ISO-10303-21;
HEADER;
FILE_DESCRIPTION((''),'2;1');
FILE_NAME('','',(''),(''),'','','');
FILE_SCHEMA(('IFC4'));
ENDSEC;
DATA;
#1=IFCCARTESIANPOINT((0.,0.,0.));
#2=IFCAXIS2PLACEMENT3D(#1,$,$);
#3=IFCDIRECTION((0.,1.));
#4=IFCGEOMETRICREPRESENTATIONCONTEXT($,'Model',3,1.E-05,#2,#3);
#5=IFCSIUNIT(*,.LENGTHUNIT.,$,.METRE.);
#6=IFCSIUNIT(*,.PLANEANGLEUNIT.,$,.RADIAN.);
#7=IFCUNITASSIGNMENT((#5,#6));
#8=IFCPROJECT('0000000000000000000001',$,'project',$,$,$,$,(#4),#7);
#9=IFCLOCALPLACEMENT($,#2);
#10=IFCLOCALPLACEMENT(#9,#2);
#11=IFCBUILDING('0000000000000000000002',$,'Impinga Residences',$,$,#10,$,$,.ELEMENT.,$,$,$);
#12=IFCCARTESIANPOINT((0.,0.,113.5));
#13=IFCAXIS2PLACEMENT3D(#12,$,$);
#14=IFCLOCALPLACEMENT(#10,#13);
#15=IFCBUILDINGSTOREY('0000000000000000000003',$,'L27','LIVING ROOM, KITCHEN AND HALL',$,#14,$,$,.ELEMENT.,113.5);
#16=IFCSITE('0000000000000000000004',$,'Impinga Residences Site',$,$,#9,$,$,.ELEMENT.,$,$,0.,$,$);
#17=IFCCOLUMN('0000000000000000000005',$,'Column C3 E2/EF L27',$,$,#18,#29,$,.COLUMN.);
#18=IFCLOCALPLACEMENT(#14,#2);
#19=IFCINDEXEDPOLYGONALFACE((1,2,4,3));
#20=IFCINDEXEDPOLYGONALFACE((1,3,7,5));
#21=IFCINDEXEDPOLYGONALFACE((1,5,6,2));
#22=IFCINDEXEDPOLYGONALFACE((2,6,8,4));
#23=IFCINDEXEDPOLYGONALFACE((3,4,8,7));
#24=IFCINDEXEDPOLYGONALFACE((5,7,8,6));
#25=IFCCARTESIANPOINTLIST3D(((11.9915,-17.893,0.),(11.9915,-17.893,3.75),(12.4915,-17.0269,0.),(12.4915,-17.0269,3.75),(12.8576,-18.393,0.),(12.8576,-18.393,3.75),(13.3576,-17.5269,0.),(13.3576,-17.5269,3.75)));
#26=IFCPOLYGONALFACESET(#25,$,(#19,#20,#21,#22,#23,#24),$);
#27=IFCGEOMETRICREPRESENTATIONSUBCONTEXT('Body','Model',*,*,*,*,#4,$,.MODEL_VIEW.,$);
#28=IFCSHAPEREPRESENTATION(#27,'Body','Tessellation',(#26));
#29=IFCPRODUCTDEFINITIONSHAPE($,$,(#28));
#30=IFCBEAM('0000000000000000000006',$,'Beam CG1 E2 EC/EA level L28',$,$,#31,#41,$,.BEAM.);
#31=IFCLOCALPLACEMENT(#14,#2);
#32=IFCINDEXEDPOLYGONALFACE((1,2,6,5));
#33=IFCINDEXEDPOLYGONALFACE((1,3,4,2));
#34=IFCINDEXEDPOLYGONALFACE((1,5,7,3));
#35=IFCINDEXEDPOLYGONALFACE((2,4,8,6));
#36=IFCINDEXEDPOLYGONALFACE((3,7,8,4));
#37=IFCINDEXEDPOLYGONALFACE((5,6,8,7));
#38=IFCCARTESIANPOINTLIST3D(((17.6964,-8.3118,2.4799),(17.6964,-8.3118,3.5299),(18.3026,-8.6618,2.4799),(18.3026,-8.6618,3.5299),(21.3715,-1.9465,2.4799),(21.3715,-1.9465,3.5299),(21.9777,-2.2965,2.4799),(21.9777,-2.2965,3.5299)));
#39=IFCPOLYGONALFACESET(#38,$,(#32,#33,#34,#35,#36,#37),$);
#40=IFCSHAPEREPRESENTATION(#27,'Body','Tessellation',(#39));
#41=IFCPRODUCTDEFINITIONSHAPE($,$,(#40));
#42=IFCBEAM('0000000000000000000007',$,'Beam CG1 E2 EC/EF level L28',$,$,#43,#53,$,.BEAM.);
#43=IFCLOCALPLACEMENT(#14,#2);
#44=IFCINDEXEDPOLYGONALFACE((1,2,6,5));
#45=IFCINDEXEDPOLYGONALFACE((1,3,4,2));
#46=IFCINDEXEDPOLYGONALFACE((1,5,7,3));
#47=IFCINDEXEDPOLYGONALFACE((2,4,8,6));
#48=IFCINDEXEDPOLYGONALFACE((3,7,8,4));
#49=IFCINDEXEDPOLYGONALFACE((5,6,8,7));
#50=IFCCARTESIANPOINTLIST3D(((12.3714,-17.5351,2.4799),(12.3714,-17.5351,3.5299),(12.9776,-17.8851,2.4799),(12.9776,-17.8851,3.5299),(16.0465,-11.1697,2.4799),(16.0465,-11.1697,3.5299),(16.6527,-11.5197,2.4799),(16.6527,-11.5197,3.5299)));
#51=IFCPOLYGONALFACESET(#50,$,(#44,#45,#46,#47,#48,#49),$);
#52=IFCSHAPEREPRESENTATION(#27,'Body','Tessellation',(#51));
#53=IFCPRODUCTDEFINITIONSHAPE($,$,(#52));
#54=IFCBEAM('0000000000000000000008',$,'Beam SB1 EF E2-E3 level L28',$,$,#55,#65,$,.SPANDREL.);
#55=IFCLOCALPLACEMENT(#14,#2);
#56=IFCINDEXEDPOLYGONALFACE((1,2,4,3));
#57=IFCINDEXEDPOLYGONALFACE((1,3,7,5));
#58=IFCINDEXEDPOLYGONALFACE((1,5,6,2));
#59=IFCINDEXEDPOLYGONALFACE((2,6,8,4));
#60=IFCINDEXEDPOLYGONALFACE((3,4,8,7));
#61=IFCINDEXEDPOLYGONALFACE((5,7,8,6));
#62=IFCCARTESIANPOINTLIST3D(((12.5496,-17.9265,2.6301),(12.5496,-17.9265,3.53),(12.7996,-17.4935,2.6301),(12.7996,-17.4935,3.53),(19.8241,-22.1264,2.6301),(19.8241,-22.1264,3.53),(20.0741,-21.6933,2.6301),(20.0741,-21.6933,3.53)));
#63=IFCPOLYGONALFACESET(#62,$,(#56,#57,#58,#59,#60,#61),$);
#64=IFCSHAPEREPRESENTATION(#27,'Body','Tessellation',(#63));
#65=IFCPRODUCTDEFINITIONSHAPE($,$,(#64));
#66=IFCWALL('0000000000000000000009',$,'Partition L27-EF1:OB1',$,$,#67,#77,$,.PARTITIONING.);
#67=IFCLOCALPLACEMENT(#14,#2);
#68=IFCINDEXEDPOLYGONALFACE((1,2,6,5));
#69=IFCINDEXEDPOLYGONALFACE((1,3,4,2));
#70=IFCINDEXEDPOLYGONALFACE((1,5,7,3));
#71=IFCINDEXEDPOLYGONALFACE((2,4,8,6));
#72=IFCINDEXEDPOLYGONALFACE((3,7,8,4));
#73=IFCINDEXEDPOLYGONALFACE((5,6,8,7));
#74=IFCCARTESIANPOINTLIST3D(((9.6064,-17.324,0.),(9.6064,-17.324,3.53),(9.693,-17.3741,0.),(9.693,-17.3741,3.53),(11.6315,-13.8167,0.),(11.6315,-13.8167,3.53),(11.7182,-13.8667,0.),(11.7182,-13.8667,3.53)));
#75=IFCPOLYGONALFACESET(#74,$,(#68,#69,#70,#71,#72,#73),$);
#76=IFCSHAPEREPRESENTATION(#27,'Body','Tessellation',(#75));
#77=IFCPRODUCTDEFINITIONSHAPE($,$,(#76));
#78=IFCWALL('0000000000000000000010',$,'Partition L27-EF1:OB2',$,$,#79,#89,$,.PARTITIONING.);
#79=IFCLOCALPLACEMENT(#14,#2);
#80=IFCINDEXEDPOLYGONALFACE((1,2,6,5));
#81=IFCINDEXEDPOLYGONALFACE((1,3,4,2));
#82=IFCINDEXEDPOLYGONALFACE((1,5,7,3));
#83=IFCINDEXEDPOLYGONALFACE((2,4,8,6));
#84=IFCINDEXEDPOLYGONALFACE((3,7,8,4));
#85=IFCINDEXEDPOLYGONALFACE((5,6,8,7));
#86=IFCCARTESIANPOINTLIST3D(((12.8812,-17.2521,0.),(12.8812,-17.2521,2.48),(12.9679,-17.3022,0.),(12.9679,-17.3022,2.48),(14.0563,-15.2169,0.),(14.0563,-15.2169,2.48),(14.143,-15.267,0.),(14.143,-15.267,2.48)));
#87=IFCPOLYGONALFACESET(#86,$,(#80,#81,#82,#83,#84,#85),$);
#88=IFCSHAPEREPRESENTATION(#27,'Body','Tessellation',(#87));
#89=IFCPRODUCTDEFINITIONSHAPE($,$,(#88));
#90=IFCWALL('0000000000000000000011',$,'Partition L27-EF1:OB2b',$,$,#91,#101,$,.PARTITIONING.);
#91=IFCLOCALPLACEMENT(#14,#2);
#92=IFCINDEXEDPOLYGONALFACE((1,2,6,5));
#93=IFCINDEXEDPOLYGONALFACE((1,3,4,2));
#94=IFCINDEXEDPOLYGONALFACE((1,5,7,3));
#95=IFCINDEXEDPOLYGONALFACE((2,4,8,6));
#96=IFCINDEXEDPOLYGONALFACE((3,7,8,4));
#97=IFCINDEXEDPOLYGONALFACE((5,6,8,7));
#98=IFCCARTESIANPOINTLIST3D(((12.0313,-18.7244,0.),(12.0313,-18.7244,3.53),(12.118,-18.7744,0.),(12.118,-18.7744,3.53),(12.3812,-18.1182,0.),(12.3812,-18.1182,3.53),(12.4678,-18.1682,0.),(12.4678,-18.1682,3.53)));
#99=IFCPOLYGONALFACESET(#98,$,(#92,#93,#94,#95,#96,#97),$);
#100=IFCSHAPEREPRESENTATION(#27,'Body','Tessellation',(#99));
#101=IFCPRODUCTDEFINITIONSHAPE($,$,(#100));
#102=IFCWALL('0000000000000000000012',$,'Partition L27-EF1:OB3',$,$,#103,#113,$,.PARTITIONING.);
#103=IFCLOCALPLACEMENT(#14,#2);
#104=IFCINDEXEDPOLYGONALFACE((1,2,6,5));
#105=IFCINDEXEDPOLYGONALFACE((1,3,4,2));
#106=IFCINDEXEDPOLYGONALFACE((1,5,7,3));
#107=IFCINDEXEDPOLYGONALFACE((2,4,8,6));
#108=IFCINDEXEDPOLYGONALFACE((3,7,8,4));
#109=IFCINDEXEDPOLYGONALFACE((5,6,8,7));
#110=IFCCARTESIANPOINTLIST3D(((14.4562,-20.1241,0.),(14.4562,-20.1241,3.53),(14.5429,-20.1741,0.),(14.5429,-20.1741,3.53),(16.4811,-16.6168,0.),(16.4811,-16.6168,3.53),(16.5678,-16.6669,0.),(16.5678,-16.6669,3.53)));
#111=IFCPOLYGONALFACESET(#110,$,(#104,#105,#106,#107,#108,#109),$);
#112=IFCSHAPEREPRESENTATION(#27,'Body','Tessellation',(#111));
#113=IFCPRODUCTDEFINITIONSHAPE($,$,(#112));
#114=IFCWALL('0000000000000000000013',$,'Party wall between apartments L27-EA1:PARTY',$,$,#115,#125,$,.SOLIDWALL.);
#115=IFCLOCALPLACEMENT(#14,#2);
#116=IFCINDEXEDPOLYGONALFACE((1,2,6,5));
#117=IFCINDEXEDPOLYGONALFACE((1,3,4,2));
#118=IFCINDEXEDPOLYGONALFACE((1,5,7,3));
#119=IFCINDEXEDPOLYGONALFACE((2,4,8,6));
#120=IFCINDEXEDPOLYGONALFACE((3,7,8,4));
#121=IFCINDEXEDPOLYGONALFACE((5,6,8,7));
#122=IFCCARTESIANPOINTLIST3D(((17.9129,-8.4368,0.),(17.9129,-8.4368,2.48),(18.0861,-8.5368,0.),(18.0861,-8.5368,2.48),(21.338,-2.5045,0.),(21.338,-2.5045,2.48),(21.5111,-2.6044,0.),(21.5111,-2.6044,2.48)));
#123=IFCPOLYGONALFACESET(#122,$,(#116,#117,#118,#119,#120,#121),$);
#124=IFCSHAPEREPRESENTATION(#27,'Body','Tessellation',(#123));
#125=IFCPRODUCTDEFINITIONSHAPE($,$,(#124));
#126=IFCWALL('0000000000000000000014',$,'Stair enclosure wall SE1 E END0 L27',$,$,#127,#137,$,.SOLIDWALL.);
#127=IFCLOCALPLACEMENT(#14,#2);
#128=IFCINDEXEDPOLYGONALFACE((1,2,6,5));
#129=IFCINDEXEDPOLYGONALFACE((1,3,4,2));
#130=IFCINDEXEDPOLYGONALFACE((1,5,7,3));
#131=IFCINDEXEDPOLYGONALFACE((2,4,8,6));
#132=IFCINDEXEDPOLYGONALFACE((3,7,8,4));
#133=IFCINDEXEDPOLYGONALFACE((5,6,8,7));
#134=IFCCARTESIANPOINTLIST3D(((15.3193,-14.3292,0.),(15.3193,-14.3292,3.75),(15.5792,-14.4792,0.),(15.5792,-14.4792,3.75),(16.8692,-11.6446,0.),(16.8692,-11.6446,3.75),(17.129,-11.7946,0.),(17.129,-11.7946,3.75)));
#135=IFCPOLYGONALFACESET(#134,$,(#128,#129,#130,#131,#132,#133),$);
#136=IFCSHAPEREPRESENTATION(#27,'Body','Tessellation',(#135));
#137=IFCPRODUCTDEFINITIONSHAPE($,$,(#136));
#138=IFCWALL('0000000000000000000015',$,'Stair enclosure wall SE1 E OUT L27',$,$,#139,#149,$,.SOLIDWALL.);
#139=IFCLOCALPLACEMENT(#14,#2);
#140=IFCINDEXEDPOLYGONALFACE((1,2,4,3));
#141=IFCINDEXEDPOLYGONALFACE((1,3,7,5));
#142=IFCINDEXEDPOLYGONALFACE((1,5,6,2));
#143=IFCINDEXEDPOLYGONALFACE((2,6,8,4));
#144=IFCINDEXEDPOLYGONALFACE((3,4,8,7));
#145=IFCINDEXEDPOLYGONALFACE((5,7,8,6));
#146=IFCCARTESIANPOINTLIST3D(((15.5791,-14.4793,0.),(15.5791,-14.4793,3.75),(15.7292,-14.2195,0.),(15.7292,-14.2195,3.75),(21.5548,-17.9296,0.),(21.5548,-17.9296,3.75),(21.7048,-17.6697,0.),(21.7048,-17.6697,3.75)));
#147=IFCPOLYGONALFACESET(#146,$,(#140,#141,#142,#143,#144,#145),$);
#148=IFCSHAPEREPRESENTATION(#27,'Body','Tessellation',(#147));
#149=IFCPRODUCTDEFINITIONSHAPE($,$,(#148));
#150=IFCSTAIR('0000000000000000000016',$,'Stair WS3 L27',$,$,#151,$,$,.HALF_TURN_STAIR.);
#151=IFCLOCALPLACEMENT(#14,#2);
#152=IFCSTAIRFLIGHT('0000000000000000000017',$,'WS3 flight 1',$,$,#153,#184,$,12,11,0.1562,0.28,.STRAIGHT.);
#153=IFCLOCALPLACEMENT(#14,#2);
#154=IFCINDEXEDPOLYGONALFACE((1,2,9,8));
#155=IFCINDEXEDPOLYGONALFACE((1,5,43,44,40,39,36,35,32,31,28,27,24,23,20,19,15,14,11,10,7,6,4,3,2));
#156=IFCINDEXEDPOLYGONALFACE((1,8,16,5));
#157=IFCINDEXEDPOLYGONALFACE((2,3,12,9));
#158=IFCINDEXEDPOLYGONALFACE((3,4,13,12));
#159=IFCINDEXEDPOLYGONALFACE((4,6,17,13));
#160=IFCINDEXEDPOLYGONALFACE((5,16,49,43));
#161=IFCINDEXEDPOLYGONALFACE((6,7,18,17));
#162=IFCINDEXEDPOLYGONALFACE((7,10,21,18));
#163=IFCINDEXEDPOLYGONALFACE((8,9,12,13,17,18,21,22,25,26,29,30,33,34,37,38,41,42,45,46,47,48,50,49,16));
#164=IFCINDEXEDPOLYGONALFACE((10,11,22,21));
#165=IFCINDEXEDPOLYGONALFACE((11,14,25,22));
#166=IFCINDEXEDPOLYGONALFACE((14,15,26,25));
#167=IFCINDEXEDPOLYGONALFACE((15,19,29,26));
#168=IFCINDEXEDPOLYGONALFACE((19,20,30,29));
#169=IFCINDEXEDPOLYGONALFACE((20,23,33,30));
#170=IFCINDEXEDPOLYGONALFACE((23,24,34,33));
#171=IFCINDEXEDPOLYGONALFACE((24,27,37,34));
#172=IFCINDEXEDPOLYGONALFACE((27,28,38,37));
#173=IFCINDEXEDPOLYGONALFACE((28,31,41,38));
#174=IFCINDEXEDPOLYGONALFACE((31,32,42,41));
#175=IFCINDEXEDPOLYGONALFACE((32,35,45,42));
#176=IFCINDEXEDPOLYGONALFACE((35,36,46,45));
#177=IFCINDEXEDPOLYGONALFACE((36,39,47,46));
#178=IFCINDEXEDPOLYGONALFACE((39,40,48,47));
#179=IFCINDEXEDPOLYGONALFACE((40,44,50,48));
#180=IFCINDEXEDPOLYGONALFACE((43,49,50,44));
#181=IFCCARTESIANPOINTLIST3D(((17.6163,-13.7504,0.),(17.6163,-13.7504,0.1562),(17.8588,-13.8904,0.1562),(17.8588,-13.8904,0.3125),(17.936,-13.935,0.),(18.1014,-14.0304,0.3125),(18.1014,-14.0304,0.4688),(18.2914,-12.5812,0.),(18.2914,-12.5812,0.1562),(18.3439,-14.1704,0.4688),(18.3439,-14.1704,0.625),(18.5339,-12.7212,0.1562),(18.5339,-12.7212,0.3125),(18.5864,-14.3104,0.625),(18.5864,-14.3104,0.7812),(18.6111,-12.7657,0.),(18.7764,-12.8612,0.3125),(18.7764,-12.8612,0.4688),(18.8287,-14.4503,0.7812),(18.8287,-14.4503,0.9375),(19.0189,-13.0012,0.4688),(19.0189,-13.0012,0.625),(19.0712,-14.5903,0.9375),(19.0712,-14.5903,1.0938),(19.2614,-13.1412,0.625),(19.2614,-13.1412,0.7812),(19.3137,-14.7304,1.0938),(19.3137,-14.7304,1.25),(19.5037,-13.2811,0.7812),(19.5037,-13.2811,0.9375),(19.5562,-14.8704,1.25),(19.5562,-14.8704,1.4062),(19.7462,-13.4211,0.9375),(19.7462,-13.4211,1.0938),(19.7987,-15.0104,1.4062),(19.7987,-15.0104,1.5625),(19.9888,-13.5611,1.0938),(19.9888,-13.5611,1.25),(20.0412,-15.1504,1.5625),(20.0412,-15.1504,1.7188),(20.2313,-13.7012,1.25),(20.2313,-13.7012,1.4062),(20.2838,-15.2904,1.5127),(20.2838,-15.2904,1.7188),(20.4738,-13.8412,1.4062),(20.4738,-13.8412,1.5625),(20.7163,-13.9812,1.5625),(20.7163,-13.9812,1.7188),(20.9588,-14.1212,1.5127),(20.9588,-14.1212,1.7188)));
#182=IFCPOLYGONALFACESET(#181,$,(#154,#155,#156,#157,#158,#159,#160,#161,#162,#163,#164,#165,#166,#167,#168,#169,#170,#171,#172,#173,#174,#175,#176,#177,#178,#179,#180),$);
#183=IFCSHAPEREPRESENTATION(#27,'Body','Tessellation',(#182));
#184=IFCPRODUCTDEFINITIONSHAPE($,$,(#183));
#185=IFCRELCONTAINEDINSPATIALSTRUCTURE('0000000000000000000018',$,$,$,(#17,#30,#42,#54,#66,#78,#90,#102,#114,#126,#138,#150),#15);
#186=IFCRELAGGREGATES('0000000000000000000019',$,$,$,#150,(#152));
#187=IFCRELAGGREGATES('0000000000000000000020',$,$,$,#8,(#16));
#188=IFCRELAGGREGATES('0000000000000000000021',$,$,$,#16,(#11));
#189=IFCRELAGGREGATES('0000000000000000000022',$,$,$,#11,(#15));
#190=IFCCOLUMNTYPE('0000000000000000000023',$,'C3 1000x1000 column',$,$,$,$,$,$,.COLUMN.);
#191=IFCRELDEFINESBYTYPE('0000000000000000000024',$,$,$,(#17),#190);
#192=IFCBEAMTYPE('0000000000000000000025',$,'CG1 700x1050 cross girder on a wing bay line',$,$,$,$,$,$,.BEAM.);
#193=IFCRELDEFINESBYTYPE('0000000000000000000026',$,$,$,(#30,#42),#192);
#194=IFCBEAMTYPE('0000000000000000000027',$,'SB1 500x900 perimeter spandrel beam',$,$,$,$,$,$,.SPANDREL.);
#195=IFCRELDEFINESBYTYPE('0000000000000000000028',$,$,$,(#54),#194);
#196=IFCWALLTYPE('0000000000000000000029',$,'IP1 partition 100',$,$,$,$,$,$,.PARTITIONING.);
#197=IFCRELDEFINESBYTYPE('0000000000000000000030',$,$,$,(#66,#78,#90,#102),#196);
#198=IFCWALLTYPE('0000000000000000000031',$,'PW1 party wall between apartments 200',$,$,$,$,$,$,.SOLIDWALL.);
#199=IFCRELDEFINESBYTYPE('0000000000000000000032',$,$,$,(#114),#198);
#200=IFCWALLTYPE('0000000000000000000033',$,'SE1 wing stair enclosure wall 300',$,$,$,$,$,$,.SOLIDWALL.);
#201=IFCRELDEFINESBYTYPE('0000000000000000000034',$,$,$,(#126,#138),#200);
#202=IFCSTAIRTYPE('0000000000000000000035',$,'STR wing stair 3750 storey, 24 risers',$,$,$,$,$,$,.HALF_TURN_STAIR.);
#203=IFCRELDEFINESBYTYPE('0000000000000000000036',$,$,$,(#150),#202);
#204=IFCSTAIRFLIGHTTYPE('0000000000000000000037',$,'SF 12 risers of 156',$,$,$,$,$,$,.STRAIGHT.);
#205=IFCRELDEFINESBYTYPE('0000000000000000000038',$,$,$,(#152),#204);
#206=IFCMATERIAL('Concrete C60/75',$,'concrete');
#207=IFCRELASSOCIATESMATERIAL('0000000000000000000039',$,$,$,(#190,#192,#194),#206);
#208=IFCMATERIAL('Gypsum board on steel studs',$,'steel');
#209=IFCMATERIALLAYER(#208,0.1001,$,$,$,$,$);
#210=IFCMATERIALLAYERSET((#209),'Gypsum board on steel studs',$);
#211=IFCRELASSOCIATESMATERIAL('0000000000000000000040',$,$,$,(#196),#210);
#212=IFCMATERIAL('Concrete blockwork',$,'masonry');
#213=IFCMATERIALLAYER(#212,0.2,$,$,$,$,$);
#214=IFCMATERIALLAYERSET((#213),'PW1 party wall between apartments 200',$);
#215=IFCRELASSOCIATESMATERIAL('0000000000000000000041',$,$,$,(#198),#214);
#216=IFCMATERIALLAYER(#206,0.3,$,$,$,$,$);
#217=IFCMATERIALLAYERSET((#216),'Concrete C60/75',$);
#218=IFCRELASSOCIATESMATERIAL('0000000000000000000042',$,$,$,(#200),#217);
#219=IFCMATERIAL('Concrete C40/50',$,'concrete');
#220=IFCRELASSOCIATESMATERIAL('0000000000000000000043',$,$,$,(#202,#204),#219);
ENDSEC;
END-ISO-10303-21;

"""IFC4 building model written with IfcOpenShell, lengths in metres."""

from ifc_helpers import new_model, si_unit, direction, frame, frame_2d, origin, origin_2d, place, context, subcontext, project, spatial, polyline, rectangle, outline, extrude, material, layer, layer_set, material_profile, profile_set, type_object, element, aggregate, save


model = new_model("IFC4")

# Units and contexts
model_context = context("Model", 3, precision=1e-05, world=origin(), true_north=direction((0.0, 1.0)))
body_context = subcontext(model_context, "Body", "Model", "MODEL_VIEW")
ifc_project = project(units=[si_unit("LENGTHUNIT", "METRE"), si_unit("PLANEANGLEUNIT", "RADIAN")], contexts=[model_context])

# Site, building, storey
site_placement = place(None, origin())
site = spatial("IfcSite", under=ifc_project, at=site_placement, Name="Impinga Residences Site", CompositionType="ELEMENT", RefElevation=0.0)
building_placement = place(site_placement, origin())
building = spatial("IfcBuilding", under=site, at=building_placement, Name="Impinga Residences", CompositionType="ELEMENT")
storey_placement = place(building_placement, frame((0.0, 0.0, 113.5)))
storey = spatial("IfcBuildingStorey", under=building, at=storey_placement, Name="L27", Description="LIVING ROOM, KITCHEN AND HALL", CompositionType="ELEMENT", Elevation=113.5)

# Column
ifc_material_1 = material(Name="Concrete C60/75", Category="concrete")
ifc_material_profile_1 = material_profile(ifc_material_1, rectangle(XDim=1.0, YDim=1.0, at=origin_2d()), Name="RC 1000x1000")
ifc_profile_set_1 = profile_set([ifc_material_profile_1], Name="Concrete C60/75")
column_type = type_object("IfcColumnType", Name="C3 1000x1000 column", PredefinedType="COLUMN", material=ifc_profile_set_1)
column_placement = place(storey_placement, frame((12.6746, -17.71, 0.0), z_axis=(0.0, 0.0, 1.0), x_axis=(-0.5, -0.866025, 0.0)))
element("IfcColumn", 1, at=column_placement, inside=storey, type_object=column_type, Name="Column C3 E2/EF L27", PredefinedType="COLUMN", context=body_context, shape_type="SweptSolid", body=[
    extrude(rectangle(XDim=1.0, YDim=1.0, at=origin_2d()), origin(), (0.0, 0.0, 1.0), 3.75),
])

# Beams
ifc_material_profile_2 = material_profile(ifc_material_1, rectangle(XDim=0.7, YDim=1.05, at=origin_2d()), Name="RC 700x1050")
ifc_profile_set_2 = profile_set([ifc_material_profile_2], Name="Concrete C60/75")
beam_type_1 = type_object("IfcBeamType", Name="CG1 700x1050 cross girder on a wing bay line", PredefinedType="BEAM", material=ifc_profile_set_2)
for number, where, z_axis, x_axis, name in (
    (2, (17.9995, -8.4868, 3.0049), (0.500008, 0.866021, 0.0), (-0.866021, 0.500008, 0.0), "Beam CG1 E2 EC/EA level L28"),
    (3, (16.3496, -11.3447, 3.0049), (-0.500008, -0.866021, 0.0), (0.866021, -0.500008, 0.0), "Beam CG1 E2 EC/EF level L28"),
):
    element("IfcBeam", number, at=place(storey_placement, frame(where, z_axis=z_axis, x_axis=x_axis)), inside=storey, type_object=beam_type_1, Name=name, PredefinedType="BEAM", context=body_context, shape_type="SweptSolid", body=[
        extrude(rectangle(XDim=0.7, YDim=1.05, at=origin_2d()), origin(), (0.0, 0.0, 1.0), 7.3501),
    ])
ifc_material_profile_3 = material_profile(ifc_material_1, rectangle(XDim=0.5, YDim=0.8999, at=origin_2d()), Name="RC 500x900")
ifc_profile_set_3 = profile_set([ifc_material_profile_3], Name="Concrete C60/75")
beam_type_2 = type_object("IfcBeamType", Name="SB1 500x900 perimeter spandrel beam", PredefinedType="SPANDREL", material=ifc_profile_set_3)
beam_placement = place(storey_placement, frame((12.6746, -17.71, 3.0801), z_axis=(0.866029, -0.499993, 0.0), x_axis=(0.499993, 0.866029, 0.0)))
element("IfcBeam", 4, at=beam_placement, inside=storey, type_object=beam_type_2, Name="Beam SB1 EF E2-E3 level L28", PredefinedType="SPANDREL", context=body_context, shape_type="SweptSolid", body=[
    extrude(rectangle(XDim=0.5, YDim=0.8999, at=origin_2d()), origin(), (0.0, 0.0, 1.0), 8.3999),
])

# Walls
ifc_material_2 = material(Name="Gypsum board on steel studs", Category="steel")
ifc_layer_1 = layer(ifc_material_2, 0.1001)
ifc_layer_set_1 = layer_set([ifc_layer_1], Name="Gypsum board on steel studs")
wall_type_1 = type_object("IfcWallType", Name="IP1 partition 100", PredefinedType="PARTITIONING", material=ifc_layer_set_1)
wall_1_placement = place(storey_placement, frame((11.6748, -13.8418, 0.0), z_axis=(0.0, 0.0, 1.0), x_axis=(-0.500036, -0.866005, 0.0)))
element("IfcWall", 5, at=wall_1_placement, inside=storey, type_object=wall_type_1, Name="Partition L27-EF1:OB1", PredefinedType="PARTITIONING", context=body_context, shape_type="SweptSolid", body=[
    extrude(rectangle(XDim=4.05, YDim=0.1001, at=frame_2d((2.0249, 0.0))), origin(), (0.0, 0.0, 1.0), 3.53),
])
wall_2_placement = place(storey_placement, frame((14.0996, -15.2419, 0.0), z_axis=(0.0, 0.0, 1.0), x_axis=(-0.500016, -0.866016, 0.0)))
element("IfcWall", 6, at=wall_2_placement, inside=storey, type_object=wall_type_1, Name="Partition L27-EF1:OB2", PredefinedType="PARTITIONING", context=body_context, shape_type="SweptSolid", body=[
    extrude(rectangle(XDim=2.3501, YDim=0.1001, at=frame_2d((1.175, 0.0))), origin(), (0.0, 0.0, 1.0), 2.48),
])
wall_3_placement = place(storey_placement, frame((12.4246, -18.1431, 0.0), z_axis=(0.0, 0.0, 1.0), x_axis=(-0.499853, -0.86611, 0.0)))
element("IfcWall", 7, at=wall_3_placement, inside=storey, type_object=wall_type_1, Name="Partition L27-EF1:OB2b", PredefinedType="PARTITIONING", context=body_context, shape_type="SweptSolid", body=[
    extrude(rectangle(XDim=0.7, YDim=0.1001, at=frame_2d((0.3501, 0.0))), origin(), (0.0, 0.0, 1.0), 3.53),
])
wall_4_placement = place(storey_placement, frame((16.5244, -16.6418, 0.0), z_axis=(0.0, 0.0, 1.0), x_axis=(-0.49999, -0.866031, 0.0)))
element("IfcWall", 8, at=wall_4_placement, inside=storey, type_object=wall_type_1, Name="Partition L27-EF1:OB3", PredefinedType="PARTITIONING", context=body_context, shape_type="SweptSolid", body=[
    extrude(rectangle(XDim=4.0498, YDim=0.1001, at=frame_2d((2.0249, 0.0))), origin(), (0.0, 0.0, 1.0), 3.53),
])
ifc_material_3 = material(Name="Concrete blockwork", Category="masonry")
ifc_layer_2 = layer(ifc_material_3, 0.2)
ifc_layer_set_2 = layer_set([ifc_layer_2], Name="PW1 party wall between apartments 200")
wall_type_2 = type_object("IfcWallType", Name="PW1 party wall between apartments 200", PredefinedType="SOLIDWALL", material=ifc_layer_set_2)
wall_5_placement = place(storey_placement, frame((17.9995, -8.4868, 0.0), z_axis=(0.0, 0.0, 1.0), x_axis=(0.499999, 0.866026, 0.0)))
element("IfcWall", 9, at=wall_5_placement, inside=storey, type_object=wall_type_2, Name="Party wall between apartments L27-EA1:PARTY", PredefinedType="SOLIDWALL", context=body_context, shape_type="SweptSolid", body=[
    extrude(rectangle(XDim=6.8501, YDim=0.2, at=frame_2d((3.425, 0.0))), origin(), (0.0, 0.0, 1.0), 2.48),
])
ifc_layer_3 = layer(ifc_material_1, 0.3)
ifc_layer_set_3 = layer_set([ifc_layer_3], Name="Concrete C60/75")
wall_type_3 = type_object("IfcWallType", Name="SE1 wing stair enclosure wall 300", PredefinedType="SOLIDWALL", material=ifc_layer_set_3)
wall_6_placement = place(storey_placement, frame((16.999, -11.7197, 0.0), z_axis=(0.0, 0.0, 1.0), x_axis=(-0.499968, -0.866044, 0.0)))
element("IfcWall", 10, at=wall_6_placement, inside=storey, type_object=wall_type_3, Name="Stair enclosure wall SE1 E END0 L27", PredefinedType="SOLIDWALL", context=body_context, shape_type="SweptSolid", body=[
    extrude(rectangle(XDim=3.0999, YDim=0.3, at=frame_2d((1.5498, 0.0))), origin(), (0.0, 0.0, 1.0), 3.75),
])
wall_7_placement = place(storey_placement, frame((15.6541, -14.3494, 0.0), z_axis=(0.0, 0.0, 1.0), x_axis=(0.866014, -0.500021, 0.0)))
element("IfcWall", 11, at=wall_7_placement, inside=storey, type_object=wall_type_3, Name="Stair enclosure wall SE1 E OUT L27", PredefinedType="SOLIDWALL", context=body_context, shape_type="SweptSolid", body=[
    extrude(rectangle(XDim=6.9001, YDim=0.3, at=frame_2d((3.4502, 0.0))), origin(), (0.0, 0.0, 1.0), 3.75),
])

# Stair, stair flight
ifc_material_4 = material(Name="Concrete C40/50", Category="concrete")
stair_type = type_object("IfcStairType", Name="STR wing stair 3750 storey, 24 risers", PredefinedType="HALF_TURN_STAIR", material=ifc_material_4)
stair_placement = place(storey_placement, origin())
stair = element("IfcStair", 12, at=stair_placement, inside=storey, type_object=stair_type, Name="Stair WS3 L27", PredefinedType="HALF_TURN_STAIR")
stair_flight_type = type_object("IfcStairFlightType", Name="SF 12 risers of 156", PredefinedType="STRAIGHT", material=ifc_material_4)
stair_flight_placement = place(storey_placement, frame((17.9539, -13.1658, 0.0), z_axis=(0.0, 0.0, 1.0), x_axis=(0.866025, -0.5, 0.0)))
stair_flight = element("IfcStairFlight", 13, at=stair_flight_placement, type_object=stair_flight_type, Name="WS3 flight 1", NumberOfRisers=12, NumberOfTreads=11, PredefinedType="STRAIGHT", RiserHeight=0.1562, TreadLength=0.28, context=body_context, shape_type="SweptSolid", body=[
    extrude(outline(polyline([(0.0, 0.0), (0.0, 0.1562), (0.28, 0.1562), (0.28, 0.3125), (0.5601, 0.3125), (0.5601, 0.4688), (0.8401, 0.4688), (0.8401, 0.625), (1.1201, 0.625), (1.1201, 0.7812), (1.3999, 0.7812), (1.3999, 0.9375), (1.6799, 0.9375), (1.6799, 1.0938), (1.96, 1.0938), (1.96, 1.25), (2.24, 1.25), (2.24, 1.4062), (2.52, 1.4062), (2.52, 1.5625), (2.8, 1.5625), (2.8, 1.7188), (3.0801, 1.7188), (3.0801, 1.875), (3.0801, 1.5127), (0.3691, 0.0), (0.0, 0.0)])), frame((0.0, 0.675, 0.0), z_axis=(0.0, -1.0, 0.0), x_axis=(1.0, 0.0, 0.0)), (0.0, 0.0, 1.0), 1.3501),
])
aggregate(stair, [stair_flight])

save(model, "model.ifc")
